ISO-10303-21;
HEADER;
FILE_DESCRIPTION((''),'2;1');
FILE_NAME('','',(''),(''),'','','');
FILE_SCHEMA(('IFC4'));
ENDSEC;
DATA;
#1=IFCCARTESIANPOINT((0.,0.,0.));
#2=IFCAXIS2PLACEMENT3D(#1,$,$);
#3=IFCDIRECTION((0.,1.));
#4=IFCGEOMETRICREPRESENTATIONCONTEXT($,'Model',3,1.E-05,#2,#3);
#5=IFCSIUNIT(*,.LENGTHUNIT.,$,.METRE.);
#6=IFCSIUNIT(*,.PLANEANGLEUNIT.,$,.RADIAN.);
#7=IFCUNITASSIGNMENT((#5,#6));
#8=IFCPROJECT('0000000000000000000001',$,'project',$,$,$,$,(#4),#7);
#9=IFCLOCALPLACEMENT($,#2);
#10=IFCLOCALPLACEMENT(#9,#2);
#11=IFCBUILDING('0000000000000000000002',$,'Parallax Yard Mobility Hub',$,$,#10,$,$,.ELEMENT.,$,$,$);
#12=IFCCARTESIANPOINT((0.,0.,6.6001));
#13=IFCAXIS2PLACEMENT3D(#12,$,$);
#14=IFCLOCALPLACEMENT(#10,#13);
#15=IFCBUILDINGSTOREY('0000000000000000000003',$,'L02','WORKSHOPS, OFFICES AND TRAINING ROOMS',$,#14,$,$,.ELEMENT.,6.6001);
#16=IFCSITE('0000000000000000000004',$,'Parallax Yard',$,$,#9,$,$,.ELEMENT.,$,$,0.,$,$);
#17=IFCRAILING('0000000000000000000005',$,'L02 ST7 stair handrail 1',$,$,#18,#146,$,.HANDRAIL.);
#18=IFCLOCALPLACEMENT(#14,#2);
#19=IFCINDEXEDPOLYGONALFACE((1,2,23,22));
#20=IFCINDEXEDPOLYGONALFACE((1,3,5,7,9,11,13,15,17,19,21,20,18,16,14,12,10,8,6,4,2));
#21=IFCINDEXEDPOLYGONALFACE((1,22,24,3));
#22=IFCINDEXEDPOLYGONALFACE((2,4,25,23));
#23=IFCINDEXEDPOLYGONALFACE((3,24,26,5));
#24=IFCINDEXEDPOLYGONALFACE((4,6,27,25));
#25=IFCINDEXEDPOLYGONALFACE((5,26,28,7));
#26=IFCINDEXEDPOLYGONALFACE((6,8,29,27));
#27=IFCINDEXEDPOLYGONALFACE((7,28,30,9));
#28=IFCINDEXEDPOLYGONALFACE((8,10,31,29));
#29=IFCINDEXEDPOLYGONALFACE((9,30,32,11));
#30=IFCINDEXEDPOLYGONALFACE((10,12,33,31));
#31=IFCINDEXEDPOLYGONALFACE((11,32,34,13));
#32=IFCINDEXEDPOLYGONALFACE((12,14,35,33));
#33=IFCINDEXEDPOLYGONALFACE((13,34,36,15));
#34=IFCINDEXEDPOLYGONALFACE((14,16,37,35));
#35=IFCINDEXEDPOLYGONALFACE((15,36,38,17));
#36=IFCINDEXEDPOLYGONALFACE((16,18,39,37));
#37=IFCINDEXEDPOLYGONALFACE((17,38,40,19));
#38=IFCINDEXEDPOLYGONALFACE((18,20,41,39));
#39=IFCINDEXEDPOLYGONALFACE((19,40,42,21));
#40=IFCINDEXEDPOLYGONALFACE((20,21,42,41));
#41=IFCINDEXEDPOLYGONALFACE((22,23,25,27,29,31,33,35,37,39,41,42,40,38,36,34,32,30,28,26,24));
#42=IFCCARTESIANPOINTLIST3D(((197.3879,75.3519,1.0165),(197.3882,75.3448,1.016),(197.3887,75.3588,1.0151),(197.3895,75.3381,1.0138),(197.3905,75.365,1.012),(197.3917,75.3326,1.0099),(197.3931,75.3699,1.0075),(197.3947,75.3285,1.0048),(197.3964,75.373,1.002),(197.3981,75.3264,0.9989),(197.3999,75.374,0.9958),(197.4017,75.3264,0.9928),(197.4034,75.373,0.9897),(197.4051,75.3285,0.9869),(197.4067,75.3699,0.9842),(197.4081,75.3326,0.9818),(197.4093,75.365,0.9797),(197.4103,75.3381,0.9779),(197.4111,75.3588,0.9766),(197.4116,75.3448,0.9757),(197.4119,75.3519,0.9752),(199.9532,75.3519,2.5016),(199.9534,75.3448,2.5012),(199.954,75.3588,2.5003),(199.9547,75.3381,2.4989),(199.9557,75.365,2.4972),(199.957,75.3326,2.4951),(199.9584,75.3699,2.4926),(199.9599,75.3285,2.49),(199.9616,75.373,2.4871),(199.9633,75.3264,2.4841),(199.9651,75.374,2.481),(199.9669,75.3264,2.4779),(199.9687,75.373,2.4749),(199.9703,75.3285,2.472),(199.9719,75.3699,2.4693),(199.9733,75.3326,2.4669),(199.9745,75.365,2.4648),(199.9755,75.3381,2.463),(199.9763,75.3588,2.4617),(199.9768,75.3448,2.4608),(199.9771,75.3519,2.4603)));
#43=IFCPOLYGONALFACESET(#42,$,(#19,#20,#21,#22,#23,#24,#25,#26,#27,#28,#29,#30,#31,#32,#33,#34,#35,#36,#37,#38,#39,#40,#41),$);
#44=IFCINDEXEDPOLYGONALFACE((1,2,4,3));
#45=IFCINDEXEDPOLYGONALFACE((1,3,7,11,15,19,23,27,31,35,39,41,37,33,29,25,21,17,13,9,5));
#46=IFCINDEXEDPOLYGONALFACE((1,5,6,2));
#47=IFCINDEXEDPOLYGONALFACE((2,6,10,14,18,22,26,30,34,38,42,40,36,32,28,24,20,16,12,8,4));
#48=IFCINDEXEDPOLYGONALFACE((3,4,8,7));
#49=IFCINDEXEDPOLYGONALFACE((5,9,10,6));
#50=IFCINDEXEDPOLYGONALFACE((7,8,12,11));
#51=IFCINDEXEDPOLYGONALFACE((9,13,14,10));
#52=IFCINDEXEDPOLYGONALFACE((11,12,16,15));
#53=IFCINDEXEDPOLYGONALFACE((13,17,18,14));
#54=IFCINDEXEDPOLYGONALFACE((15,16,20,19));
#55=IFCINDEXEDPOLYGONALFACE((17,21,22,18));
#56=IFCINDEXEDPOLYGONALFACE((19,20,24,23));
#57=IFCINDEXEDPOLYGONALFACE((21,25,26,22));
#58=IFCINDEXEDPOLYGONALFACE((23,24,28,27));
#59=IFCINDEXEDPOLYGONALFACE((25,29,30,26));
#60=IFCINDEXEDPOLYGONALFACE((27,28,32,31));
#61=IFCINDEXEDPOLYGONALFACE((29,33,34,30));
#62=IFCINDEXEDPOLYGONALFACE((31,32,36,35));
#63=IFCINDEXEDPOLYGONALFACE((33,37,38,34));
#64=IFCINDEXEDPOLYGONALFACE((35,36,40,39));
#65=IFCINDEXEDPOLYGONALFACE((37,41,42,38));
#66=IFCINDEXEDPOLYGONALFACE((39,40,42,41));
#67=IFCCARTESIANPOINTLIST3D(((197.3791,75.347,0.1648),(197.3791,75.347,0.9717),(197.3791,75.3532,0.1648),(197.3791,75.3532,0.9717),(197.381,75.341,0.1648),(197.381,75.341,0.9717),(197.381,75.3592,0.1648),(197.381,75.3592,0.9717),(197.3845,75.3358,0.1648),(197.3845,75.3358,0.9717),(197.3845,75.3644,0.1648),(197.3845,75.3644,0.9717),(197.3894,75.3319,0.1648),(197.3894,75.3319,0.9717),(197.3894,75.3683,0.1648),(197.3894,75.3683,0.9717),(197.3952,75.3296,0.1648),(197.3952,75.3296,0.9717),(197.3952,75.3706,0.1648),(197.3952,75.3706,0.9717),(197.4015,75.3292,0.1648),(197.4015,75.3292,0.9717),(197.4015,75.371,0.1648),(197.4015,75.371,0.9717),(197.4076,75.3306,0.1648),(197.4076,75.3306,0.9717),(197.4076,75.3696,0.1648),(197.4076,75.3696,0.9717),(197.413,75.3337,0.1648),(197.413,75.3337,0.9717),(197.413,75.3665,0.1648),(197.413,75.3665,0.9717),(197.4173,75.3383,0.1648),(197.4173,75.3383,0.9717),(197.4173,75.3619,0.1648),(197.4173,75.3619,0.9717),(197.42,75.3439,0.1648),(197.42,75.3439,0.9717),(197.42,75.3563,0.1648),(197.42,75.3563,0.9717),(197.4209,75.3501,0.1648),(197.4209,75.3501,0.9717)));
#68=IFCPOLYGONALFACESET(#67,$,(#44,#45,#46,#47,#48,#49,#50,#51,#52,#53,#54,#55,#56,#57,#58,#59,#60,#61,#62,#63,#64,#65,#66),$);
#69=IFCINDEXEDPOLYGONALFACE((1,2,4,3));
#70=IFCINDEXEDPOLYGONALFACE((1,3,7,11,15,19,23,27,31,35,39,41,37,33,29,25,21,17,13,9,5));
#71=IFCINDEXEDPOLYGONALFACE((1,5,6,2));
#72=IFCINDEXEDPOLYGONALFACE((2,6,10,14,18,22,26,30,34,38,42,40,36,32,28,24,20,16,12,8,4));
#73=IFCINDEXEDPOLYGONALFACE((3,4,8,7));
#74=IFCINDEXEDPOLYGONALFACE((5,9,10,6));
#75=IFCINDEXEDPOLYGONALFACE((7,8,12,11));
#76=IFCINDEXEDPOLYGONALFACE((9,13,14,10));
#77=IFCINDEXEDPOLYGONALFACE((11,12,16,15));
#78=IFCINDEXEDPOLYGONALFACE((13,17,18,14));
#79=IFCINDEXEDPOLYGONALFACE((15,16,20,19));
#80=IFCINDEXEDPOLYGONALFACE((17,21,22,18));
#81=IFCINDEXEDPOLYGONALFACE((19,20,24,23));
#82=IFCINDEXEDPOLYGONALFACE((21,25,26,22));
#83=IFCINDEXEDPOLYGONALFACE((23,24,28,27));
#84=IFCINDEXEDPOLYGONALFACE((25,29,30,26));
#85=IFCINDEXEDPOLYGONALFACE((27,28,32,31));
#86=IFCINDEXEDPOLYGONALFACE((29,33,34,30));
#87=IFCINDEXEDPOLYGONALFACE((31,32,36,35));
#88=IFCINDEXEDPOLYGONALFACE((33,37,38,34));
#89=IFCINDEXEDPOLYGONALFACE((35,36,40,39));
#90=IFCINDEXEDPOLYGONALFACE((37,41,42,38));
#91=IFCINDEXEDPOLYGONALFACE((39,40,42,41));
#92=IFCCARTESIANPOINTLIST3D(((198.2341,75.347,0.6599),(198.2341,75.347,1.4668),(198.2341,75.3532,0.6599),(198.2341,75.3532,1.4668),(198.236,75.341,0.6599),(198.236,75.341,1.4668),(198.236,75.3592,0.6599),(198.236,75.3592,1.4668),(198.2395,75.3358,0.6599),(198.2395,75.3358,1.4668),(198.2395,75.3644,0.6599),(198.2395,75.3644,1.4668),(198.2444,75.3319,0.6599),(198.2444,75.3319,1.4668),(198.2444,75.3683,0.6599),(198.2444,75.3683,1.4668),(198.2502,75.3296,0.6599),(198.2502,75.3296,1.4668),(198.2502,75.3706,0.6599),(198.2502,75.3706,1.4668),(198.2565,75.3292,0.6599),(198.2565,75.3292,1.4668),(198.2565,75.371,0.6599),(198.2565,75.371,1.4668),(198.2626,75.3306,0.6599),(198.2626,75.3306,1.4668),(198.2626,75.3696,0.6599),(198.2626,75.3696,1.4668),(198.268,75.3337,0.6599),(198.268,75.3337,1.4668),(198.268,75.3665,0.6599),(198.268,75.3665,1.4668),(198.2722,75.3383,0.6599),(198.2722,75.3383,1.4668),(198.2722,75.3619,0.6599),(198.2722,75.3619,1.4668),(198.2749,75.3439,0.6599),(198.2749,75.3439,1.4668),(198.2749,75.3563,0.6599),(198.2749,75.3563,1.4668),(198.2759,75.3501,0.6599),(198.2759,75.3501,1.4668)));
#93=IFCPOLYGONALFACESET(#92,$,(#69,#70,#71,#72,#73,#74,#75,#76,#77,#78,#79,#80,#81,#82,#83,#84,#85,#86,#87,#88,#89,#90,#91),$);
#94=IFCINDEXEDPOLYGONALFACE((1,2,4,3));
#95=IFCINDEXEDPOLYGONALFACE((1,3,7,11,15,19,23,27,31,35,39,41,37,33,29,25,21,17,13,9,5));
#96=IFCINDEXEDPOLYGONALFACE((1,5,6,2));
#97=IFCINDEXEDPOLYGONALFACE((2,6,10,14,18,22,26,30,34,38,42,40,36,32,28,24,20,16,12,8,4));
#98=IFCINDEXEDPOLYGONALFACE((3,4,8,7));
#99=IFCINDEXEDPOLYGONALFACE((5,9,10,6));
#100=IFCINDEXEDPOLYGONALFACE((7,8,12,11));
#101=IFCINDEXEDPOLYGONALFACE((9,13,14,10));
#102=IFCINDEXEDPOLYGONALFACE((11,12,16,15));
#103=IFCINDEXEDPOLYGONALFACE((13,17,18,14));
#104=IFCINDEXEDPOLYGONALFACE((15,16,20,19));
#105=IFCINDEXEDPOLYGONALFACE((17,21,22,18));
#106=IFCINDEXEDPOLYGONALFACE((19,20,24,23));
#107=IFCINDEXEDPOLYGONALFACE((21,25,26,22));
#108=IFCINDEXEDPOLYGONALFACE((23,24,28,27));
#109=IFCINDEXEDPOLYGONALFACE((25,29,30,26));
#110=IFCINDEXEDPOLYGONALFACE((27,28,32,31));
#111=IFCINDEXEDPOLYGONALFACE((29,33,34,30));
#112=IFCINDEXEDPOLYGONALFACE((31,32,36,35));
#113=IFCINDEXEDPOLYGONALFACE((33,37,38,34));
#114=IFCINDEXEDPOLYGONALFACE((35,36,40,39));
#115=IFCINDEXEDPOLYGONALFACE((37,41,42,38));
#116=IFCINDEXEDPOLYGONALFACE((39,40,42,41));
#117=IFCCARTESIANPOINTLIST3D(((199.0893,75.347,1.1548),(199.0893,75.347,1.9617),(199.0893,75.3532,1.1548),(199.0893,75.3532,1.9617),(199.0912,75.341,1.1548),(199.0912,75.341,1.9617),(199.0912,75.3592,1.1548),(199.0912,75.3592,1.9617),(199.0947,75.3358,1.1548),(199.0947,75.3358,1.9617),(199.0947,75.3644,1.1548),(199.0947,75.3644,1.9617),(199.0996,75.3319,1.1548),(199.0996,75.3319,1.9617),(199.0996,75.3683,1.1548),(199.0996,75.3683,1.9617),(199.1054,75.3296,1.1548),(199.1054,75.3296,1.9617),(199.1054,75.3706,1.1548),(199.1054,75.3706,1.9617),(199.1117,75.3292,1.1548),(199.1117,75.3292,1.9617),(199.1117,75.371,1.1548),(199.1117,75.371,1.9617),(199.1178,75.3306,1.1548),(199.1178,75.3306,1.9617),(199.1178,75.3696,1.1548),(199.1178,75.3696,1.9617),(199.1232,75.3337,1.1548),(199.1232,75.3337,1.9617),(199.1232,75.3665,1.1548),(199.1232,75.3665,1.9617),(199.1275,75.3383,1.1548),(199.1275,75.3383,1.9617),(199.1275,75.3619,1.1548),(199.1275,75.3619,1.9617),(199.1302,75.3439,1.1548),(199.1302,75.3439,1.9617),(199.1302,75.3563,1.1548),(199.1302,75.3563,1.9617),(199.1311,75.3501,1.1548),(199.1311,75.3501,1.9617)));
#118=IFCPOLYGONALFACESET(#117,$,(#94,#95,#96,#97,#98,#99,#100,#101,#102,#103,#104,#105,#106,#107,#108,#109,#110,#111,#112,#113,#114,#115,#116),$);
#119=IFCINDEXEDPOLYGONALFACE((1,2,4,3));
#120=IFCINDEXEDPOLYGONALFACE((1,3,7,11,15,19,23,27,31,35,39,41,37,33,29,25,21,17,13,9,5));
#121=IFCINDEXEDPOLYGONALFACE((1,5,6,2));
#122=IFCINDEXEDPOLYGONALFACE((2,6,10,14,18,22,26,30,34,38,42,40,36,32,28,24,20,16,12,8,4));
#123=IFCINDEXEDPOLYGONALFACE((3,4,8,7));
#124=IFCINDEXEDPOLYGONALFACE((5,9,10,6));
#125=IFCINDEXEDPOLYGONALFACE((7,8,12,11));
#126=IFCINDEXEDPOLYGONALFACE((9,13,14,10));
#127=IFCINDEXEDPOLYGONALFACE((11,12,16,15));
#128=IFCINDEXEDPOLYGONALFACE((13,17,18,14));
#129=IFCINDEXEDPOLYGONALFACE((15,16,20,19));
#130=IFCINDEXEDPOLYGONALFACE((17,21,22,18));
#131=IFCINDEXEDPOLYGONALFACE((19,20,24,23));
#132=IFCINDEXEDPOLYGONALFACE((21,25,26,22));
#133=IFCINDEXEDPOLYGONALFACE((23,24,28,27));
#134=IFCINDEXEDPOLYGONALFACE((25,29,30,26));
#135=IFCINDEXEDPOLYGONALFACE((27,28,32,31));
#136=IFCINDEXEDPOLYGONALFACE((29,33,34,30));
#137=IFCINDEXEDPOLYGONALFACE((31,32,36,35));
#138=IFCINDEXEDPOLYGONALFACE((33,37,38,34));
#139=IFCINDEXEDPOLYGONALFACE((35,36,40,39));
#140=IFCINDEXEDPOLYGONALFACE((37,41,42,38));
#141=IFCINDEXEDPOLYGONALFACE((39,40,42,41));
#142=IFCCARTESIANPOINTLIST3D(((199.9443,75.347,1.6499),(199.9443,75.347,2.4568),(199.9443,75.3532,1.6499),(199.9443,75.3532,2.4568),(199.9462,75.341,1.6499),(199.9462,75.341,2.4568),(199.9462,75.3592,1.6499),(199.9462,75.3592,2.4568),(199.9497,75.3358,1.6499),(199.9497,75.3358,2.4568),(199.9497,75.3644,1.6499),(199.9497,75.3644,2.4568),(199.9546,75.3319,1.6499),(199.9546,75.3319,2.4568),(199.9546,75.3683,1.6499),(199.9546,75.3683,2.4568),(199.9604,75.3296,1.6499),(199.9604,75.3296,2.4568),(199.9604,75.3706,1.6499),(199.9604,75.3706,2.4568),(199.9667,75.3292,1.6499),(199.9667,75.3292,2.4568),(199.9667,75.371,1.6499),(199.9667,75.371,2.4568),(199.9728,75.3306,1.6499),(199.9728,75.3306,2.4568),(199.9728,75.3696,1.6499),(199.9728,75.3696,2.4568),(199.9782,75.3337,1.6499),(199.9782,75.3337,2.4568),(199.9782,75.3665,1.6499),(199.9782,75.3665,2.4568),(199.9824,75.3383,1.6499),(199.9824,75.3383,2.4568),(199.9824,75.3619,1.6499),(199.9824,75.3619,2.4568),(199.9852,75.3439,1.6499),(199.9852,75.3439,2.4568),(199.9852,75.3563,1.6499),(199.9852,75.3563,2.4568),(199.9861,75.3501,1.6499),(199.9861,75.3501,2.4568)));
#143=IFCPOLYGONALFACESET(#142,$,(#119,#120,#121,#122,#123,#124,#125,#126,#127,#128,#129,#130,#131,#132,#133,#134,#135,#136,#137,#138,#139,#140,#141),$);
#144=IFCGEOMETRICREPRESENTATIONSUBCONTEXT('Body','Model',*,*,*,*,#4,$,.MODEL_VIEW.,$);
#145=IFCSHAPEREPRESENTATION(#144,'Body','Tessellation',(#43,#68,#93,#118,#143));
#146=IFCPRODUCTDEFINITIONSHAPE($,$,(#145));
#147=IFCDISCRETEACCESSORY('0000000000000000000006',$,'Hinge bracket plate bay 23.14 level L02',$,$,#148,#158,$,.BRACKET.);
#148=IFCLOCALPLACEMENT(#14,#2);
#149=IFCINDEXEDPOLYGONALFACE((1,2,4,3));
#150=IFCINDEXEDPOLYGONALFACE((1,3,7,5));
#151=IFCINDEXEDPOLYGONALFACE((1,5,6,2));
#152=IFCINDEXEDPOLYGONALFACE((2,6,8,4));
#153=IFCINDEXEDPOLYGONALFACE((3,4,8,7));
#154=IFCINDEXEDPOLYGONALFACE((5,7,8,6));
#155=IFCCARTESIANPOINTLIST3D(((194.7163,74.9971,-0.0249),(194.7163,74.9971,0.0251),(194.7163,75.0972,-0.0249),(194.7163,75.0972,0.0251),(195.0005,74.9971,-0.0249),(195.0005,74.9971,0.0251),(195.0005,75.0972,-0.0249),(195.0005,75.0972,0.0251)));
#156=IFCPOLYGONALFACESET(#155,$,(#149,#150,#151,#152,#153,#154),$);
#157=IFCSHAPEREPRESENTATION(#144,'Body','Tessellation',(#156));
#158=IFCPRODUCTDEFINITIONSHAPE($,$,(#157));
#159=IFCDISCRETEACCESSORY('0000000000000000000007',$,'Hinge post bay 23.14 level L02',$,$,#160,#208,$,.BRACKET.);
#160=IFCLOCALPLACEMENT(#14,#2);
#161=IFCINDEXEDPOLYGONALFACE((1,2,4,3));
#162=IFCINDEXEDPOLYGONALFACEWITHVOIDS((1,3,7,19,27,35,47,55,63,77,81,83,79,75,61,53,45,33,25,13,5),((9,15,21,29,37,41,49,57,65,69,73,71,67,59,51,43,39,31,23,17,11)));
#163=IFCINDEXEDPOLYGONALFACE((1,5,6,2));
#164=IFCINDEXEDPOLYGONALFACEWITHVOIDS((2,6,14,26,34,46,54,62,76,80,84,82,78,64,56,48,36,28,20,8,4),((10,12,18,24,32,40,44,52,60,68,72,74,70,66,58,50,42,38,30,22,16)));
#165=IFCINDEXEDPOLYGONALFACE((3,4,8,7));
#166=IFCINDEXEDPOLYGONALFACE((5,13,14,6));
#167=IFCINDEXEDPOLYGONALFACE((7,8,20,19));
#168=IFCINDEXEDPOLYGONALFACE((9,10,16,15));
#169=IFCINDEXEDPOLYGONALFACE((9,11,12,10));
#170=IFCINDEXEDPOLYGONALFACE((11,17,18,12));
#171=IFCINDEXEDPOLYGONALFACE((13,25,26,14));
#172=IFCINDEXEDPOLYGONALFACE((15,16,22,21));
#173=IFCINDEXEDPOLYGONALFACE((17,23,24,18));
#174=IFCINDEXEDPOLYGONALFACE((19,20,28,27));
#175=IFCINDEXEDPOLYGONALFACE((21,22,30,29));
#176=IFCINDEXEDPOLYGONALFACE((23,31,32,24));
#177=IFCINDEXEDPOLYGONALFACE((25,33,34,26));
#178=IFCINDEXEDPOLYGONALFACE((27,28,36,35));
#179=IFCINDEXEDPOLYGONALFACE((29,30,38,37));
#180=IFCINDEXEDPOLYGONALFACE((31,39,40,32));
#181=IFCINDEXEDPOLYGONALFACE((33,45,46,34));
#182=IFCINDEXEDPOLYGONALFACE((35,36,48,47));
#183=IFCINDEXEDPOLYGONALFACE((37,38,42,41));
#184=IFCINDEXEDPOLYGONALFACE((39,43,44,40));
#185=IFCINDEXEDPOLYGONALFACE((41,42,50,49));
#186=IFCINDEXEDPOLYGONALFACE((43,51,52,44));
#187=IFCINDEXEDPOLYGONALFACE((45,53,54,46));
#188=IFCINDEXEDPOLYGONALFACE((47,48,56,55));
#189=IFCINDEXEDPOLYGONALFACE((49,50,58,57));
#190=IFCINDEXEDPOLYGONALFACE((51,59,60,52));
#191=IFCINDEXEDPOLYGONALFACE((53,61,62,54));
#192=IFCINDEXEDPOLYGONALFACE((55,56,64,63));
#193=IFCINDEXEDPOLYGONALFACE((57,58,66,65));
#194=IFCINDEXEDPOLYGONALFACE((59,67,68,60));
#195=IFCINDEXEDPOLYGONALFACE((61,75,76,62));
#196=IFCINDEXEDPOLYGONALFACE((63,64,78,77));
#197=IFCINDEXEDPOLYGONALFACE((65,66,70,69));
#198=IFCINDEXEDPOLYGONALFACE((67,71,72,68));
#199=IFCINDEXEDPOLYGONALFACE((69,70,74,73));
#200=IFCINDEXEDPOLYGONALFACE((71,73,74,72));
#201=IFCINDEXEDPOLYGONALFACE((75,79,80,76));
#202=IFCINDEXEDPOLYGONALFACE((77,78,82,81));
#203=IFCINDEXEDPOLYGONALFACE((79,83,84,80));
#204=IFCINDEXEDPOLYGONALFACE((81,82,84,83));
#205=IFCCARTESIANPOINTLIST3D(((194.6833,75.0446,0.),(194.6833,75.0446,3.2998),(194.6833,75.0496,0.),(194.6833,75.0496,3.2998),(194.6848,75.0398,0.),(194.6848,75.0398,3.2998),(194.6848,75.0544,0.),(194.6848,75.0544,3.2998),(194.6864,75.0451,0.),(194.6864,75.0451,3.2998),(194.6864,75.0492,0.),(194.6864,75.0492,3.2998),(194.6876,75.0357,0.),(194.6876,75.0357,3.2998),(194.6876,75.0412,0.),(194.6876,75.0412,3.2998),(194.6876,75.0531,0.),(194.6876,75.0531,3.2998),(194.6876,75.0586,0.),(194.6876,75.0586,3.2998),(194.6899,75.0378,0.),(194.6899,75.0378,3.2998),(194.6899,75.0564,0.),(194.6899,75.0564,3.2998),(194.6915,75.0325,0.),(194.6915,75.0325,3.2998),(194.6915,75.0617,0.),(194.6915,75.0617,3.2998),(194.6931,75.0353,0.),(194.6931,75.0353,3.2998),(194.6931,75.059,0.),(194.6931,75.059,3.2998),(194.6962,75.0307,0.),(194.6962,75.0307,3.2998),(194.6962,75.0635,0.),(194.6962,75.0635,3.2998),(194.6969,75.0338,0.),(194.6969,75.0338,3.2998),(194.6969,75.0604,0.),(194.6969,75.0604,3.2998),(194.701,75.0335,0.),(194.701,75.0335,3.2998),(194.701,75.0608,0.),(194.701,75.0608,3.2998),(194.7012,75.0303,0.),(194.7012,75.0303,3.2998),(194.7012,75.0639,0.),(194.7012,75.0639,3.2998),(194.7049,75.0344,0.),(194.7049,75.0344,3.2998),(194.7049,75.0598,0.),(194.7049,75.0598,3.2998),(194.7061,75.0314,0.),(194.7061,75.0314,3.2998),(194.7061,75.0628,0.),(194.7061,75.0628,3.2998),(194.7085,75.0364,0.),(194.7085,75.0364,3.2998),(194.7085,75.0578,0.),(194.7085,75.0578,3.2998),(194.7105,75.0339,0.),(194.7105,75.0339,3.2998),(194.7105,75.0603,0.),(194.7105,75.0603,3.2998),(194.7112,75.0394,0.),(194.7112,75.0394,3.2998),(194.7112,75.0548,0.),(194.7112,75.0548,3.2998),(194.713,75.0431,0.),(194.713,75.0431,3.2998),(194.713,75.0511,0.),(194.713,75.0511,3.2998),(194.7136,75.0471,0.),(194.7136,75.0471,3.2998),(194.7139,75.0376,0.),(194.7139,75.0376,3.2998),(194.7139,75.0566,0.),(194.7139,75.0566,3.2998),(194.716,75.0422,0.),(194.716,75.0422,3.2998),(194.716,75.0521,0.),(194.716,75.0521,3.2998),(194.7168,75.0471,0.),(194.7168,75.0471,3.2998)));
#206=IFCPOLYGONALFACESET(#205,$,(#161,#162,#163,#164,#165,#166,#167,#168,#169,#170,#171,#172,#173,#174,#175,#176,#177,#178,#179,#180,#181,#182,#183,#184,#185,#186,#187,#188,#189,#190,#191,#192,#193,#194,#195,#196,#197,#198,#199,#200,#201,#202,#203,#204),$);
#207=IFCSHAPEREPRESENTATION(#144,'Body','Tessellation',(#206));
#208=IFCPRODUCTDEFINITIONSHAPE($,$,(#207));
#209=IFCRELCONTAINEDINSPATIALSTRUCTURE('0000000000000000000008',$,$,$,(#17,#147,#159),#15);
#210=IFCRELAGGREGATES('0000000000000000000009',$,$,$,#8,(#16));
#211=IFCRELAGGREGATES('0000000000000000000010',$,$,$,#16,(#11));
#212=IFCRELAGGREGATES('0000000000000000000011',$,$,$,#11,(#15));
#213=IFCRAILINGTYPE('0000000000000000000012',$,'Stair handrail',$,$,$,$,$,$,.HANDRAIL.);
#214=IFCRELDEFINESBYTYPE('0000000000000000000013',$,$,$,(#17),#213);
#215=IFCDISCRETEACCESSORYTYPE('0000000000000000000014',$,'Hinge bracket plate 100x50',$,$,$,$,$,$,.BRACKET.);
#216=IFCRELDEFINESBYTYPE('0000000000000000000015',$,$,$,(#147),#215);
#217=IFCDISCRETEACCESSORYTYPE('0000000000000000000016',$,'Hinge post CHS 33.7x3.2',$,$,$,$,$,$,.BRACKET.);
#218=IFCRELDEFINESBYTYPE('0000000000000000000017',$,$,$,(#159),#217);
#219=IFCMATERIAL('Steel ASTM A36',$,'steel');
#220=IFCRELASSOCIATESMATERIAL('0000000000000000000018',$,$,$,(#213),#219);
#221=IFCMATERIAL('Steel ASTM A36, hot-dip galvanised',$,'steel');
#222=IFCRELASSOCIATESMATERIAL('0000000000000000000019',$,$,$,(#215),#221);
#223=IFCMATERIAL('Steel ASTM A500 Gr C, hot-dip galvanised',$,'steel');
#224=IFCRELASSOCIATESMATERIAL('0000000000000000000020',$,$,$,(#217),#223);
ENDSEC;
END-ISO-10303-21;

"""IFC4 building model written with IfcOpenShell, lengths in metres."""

from ifc_helpers import new_model, si_unit, direction, frame, origin, origin_2d, place, context, subcontext, project, spatial, rectangle, circle, hollow_circle, extrude, material, material_profile, profile_set, type_object, element, save


model = new_model("IFC4")

# Units and contexts
model_context = context("Model", 3, precision=1e-05, world=origin(), true_north=direction((0.0, 1.0)))
body_context = subcontext(model_context, "Body", "Model", "MODEL_VIEW")
ifc_project = project(units=[si_unit("LENGTHUNIT", "METRE"), si_unit("PLANEANGLEUNIT", "RADIAN")], contexts=[model_context])

# Site, building, storey
site_placement = place(None, origin())
site = spatial("IfcSite", under=ifc_project, at=site_placement, Name="Parallax Yard", CompositionType="ELEMENT", RefElevation=0.0)
building_placement = place(site_placement, origin())
building = spatial("IfcBuilding", under=site, at=building_placement, Name="Parallax Yard Mobility Hub", CompositionType="ELEMENT")
storey_placement = place(building_placement, frame((0.0, 0.0, 6.6001)))
storey = spatial("IfcBuildingStorey", under=building, at=storey_placement, Name="L02", Description="WORKSHOPS, OFFICES AND TRAINING ROOMS", CompositionType="ELEMENT", Elevation=6.6001)

# Railing
ifc_material_1 = material(Name="Steel ASTM A36", Category="steel")
railing_type = type_object("IfcRailingType", Name="Stair handrail", PredefinedType="HANDRAIL", material=ifc_material_1)
railing_placement = place(storey_placement, frame((197.3999, 75.3501, 0.1648)))
element("IfcRailing", 1, at=railing_placement, inside=storey, type_object=railing_type, Name="L02 ST7 stair handrail 1", PredefinedType="HANDRAIL", context=body_context, shape_type="SweptSolid", body=[
    extrude(circle(Radius=0.0239, at=origin_2d()), frame((0.0, 0.0, 0.8311), z_axis=(0.865426, 0.0, 0.501036), x_axis=(0.0, 1.0, 0.0)), (0.0, 0.0, 1.0), 2.9641),
    extrude(circle(Radius=0.021, at=origin_2d()), origin(), (0.0, 0.0, 1.0), 0.8069),
    extrude(circle(Radius=0.021, at=origin_2d()), frame((0.855, 0.0, 0.4951)), (0.0, 0.0, 1.0), 0.8069),
    extrude(circle(Radius=0.021, at=origin_2d()), frame((1.7102, 0.0, 0.99)), (0.0, 0.0, 1.0), 0.8069),
    extrude(circle(Radius=0.021, at=origin_2d()), frame((2.5652, 0.0, 1.4851)), (0.0, 0.0, 1.0), 0.8069),
])

# Discrete accessories
ifc_material_2 = material(Name="Steel ASTM A36, hot-dip galvanised", Category="steel")
discrete_accessory_type_1 = type_object("IfcDiscreteAccessoryType", Name="Hinge bracket plate 100x50", PredefinedType="BRACKET", material=ifc_material_2)
discrete_accessory_1_placement = place(storey_placement, frame((194.8584, 75.0471, -0.0249), z_axis=(0.0, 0.0, 1.0), x_axis=(-1.0, 0.0, 0.0)))
element("IfcDiscreteAccessory", 2, at=discrete_accessory_1_placement, inside=storey, type_object=discrete_accessory_type_1, Name="Hinge bracket plate bay 23.14 level L02", PredefinedType="BRACKET", context=body_context, shape_type="SweptSolid", body=[
    extrude(rectangle(XDim=0.2842, YDim=0.1001, at=origin_2d()), origin(), (0.0, 0.0, 1.0), 0.05),
])
ifc_material_3 = material(Name="Steel ASTM A500 Gr C, hot-dip galvanised", Category="steel")
ifc_material_profile_1 = material_profile(ifc_material_3, hollow_circle(Radius=0.0168, WallThickness=0.0032, at=origin_2d()), Name="CHS 33.7x3.2")
ifc_profile_set_1 = profile_set([ifc_material_profile_1], Name="Steel ASTM A500 Gr C, hot-dip galvanised")
discrete_accessory_type_2 = type_object("IfcDiscreteAccessoryType", Name="Hinge post CHS 33.7x3.2", PredefinedType="BRACKET", material=ifc_profile_set_1)
discrete_accessory_2_placement = place(storey_placement, frame((194.7, 75.0471, 0.0), z_axis=(0.0, 0.0, 1.0), x_axis=(1.0, 0.0, 0.0)))
element("IfcDiscreteAccessory", 3, at=discrete_accessory_2_placement, inside=storey, type_object=discrete_accessory_type_2, Name="Hinge post bay 23.14 level L02", PredefinedType="BRACKET", context=body_context, shape_type="SweptSolid", body=[
    extrude(hollow_circle(Radius=0.0168, WallThickness=0.0032, at=origin_2d()), origin(), (0.0, 0.0, 1.0), 3.2998),
])

save(model, "model.ifc")
